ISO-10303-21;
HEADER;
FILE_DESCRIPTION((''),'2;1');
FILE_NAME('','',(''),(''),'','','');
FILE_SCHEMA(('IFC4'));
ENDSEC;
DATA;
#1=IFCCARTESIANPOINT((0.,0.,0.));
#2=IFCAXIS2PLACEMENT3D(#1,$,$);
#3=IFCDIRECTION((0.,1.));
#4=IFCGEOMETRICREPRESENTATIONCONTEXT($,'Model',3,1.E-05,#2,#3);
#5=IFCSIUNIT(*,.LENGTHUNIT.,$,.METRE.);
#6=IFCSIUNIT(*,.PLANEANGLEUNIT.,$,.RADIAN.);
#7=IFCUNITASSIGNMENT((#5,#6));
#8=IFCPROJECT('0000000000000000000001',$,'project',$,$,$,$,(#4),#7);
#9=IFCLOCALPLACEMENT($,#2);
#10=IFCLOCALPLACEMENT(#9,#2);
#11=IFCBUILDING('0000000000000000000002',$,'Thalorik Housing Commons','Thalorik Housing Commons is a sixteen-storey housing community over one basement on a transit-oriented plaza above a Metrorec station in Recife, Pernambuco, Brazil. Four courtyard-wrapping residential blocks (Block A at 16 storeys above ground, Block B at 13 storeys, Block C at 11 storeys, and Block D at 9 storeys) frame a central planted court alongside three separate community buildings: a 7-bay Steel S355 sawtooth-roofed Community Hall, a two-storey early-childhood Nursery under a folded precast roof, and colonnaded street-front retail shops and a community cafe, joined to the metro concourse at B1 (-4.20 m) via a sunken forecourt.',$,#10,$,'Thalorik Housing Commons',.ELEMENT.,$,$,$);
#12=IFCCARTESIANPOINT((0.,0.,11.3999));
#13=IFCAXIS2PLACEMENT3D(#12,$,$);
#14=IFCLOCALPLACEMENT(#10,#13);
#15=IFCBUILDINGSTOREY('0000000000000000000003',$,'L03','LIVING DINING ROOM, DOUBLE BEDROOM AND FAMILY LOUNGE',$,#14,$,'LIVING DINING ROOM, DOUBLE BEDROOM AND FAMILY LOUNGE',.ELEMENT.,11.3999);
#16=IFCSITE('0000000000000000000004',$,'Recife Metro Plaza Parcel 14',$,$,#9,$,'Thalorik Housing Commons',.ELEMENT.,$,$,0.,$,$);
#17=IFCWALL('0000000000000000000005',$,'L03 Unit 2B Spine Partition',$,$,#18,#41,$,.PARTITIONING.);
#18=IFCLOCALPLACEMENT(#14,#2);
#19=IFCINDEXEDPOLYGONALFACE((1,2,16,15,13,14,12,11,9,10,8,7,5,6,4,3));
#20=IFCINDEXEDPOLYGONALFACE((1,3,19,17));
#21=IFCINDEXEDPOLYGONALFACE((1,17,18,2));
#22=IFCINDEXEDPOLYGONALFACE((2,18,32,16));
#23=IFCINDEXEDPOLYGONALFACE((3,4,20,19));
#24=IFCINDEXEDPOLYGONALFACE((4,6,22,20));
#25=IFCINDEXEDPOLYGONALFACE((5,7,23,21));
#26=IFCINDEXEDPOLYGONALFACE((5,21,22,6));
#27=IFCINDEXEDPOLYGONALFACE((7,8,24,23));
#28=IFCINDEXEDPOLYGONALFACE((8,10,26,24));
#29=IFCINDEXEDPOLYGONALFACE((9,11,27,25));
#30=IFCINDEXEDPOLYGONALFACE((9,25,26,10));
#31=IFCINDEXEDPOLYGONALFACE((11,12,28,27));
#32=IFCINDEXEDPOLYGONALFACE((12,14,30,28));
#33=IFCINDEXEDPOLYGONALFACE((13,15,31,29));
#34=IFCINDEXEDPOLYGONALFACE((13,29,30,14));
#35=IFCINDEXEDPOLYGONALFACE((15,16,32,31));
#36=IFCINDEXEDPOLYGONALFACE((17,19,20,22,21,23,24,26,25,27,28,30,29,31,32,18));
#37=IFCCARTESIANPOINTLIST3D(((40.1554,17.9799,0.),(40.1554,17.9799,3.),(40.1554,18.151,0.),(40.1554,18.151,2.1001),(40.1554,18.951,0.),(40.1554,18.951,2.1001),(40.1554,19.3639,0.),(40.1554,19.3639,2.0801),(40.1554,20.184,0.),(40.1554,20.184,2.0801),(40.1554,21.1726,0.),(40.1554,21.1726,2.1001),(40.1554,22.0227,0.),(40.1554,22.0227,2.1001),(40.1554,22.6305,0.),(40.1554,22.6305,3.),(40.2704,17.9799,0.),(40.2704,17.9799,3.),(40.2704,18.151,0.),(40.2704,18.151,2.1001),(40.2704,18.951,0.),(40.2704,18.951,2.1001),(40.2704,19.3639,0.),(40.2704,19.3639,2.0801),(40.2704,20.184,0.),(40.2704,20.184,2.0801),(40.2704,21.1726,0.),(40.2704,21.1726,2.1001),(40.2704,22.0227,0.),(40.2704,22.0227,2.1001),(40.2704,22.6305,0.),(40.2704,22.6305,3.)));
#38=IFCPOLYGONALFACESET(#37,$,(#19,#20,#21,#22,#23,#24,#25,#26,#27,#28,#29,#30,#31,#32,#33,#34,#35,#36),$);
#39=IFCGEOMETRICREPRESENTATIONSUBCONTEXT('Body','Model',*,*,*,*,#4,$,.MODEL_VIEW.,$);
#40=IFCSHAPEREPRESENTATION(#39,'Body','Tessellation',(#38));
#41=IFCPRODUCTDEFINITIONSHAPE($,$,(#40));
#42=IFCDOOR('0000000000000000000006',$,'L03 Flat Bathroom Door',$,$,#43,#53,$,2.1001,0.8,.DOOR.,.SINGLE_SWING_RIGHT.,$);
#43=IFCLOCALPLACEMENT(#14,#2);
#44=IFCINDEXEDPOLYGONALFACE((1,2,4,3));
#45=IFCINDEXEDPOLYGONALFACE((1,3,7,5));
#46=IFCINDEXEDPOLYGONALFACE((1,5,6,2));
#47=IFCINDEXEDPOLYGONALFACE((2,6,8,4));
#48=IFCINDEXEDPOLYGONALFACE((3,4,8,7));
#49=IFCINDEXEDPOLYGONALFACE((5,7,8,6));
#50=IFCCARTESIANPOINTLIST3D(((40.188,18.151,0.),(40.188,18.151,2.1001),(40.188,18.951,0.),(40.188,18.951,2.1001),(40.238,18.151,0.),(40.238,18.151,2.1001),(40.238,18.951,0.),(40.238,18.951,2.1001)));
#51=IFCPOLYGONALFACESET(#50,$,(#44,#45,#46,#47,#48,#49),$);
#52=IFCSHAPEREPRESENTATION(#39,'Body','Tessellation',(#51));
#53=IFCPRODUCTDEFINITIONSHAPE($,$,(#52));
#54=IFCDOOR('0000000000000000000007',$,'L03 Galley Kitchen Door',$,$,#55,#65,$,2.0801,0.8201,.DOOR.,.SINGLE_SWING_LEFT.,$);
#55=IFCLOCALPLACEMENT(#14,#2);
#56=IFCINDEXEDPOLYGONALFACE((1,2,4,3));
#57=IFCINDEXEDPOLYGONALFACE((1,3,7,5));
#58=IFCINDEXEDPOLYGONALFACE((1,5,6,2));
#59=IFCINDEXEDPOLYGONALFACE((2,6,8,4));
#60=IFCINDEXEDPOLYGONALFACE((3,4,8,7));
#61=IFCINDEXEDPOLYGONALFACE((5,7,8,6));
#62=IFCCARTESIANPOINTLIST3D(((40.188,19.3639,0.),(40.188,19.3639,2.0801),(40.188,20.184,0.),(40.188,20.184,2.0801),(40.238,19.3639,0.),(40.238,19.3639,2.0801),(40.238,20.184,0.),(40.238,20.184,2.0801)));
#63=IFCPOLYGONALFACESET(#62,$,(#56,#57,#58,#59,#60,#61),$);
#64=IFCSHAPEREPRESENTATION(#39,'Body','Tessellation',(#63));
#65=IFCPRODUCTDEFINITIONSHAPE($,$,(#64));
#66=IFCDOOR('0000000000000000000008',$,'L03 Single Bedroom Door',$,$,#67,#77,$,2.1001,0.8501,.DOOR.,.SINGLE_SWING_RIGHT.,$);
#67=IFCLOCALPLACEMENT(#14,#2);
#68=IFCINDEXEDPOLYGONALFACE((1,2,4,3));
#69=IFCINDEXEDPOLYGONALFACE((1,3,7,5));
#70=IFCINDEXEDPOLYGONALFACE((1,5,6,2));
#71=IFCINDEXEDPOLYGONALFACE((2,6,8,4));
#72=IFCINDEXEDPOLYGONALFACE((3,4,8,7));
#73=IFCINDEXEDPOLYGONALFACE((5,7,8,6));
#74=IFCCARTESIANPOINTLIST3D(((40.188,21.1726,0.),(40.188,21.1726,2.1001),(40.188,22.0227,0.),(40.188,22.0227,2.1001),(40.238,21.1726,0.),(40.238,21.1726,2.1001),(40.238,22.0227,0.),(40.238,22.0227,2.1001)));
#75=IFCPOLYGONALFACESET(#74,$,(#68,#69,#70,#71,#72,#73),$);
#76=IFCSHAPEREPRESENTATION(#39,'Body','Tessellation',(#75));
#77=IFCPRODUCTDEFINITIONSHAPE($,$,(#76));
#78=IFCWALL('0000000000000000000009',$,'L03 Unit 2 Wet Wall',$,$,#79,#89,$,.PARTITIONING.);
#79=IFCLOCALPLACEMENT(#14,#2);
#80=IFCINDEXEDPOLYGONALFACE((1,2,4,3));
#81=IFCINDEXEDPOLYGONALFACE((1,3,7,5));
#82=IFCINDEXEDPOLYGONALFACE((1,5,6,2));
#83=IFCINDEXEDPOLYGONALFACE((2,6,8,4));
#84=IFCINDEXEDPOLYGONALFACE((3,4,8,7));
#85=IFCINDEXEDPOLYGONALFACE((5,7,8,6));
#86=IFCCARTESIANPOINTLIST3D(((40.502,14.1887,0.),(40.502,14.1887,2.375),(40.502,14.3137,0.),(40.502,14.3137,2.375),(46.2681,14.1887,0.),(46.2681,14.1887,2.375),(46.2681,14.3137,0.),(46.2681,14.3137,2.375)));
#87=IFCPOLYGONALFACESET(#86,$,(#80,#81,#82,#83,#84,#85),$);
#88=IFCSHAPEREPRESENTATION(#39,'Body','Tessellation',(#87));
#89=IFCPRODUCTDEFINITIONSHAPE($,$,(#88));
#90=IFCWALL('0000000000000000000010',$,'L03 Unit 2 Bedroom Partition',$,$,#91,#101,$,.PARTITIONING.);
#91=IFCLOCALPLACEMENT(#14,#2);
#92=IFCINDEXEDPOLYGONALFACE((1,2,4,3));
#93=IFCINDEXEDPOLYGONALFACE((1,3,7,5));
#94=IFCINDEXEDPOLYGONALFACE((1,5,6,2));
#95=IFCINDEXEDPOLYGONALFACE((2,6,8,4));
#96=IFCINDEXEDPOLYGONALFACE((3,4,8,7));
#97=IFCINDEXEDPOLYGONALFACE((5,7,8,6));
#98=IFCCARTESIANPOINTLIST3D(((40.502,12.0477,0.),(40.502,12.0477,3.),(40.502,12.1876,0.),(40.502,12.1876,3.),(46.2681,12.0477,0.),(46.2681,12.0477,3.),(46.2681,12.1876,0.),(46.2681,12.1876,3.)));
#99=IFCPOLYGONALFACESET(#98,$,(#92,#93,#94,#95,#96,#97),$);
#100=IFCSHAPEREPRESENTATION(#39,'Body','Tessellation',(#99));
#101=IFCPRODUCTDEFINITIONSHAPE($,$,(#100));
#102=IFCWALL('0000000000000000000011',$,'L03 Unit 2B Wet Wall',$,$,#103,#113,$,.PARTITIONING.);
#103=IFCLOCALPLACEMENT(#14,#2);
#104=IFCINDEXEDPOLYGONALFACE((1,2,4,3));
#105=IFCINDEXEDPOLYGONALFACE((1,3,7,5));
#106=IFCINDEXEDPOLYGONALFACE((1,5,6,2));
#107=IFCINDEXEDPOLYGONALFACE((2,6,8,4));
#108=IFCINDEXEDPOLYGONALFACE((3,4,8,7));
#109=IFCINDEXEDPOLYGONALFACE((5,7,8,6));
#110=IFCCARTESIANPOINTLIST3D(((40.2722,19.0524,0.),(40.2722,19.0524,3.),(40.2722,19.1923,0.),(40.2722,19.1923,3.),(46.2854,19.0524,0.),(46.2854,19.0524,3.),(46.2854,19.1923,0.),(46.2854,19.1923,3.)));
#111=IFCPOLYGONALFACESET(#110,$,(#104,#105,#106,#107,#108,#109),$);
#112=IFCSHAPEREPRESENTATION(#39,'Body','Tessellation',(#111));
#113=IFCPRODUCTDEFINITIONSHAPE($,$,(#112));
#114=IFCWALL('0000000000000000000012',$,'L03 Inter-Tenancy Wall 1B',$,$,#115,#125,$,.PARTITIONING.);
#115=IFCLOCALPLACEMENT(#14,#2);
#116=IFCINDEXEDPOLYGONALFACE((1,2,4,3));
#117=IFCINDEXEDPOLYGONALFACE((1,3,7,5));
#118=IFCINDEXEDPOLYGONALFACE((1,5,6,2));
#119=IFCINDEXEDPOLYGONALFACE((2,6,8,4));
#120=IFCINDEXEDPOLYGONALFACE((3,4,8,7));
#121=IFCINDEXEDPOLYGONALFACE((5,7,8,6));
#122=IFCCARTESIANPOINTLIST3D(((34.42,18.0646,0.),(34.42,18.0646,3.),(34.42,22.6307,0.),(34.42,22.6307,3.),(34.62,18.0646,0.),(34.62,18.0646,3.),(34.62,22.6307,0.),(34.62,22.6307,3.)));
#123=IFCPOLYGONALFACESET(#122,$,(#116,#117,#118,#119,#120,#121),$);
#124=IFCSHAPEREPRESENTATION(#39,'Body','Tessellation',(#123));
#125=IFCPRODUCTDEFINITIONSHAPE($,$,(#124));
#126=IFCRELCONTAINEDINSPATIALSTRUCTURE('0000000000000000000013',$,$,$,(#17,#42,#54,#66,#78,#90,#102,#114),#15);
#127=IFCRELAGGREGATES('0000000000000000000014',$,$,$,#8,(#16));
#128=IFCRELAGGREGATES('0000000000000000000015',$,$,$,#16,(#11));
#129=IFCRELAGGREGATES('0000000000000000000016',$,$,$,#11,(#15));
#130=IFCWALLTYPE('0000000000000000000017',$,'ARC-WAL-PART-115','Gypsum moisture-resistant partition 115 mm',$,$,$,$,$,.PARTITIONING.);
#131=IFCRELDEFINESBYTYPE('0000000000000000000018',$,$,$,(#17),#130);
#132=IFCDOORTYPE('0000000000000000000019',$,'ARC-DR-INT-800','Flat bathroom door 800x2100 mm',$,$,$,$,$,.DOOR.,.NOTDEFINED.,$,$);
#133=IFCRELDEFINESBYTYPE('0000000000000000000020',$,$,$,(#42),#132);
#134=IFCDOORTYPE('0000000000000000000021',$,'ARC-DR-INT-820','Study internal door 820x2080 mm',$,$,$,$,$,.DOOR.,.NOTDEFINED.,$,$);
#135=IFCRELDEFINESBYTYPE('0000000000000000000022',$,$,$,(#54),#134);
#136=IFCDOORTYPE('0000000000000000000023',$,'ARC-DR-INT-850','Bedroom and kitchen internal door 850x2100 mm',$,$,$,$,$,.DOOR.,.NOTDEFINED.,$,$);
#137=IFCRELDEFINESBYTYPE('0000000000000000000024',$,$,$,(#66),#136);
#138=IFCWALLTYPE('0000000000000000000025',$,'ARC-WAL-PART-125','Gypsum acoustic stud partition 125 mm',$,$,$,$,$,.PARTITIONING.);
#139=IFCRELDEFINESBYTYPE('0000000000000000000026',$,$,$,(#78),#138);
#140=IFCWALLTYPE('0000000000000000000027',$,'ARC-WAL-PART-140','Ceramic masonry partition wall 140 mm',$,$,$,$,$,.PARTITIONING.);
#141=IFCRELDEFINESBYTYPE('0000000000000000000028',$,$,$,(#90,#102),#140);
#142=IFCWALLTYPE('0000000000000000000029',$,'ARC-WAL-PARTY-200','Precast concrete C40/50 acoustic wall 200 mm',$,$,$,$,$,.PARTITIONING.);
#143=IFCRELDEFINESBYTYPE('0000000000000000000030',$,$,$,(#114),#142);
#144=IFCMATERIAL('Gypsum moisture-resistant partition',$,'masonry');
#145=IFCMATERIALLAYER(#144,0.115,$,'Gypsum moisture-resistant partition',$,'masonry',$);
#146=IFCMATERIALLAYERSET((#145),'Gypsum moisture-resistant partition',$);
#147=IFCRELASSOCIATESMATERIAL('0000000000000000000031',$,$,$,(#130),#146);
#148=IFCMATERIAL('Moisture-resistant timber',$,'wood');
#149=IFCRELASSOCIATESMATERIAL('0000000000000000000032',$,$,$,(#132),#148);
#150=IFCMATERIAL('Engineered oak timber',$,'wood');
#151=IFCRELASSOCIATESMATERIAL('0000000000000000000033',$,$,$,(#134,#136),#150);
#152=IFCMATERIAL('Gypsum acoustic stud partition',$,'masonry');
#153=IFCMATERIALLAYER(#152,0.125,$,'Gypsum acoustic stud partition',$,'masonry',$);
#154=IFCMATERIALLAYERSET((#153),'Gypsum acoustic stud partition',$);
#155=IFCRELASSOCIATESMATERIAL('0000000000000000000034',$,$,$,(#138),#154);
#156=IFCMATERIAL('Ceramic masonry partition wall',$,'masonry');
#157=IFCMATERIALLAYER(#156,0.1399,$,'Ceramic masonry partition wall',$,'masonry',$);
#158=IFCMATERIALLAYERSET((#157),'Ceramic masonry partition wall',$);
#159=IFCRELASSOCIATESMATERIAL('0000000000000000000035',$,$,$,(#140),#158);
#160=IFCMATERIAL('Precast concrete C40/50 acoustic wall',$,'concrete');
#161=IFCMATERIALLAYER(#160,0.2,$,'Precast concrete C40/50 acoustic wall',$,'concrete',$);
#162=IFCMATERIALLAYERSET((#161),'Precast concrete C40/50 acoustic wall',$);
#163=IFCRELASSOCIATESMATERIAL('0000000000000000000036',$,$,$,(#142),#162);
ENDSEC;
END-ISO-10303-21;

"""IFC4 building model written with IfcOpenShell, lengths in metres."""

from ifc_helpers import new_model, si_unit, direction, frame, frame_2d, origin, place, context, subcontext, project, spatial, rectangle, extrude, material, layer, layer_set, type_object, element, fill, save


model = new_model("IFC4")

# Units and contexts
model_context = context("Model", 3, precision=1e-05, world=origin(), true_north=direction((0.0, 1.0)))
body_context = subcontext(model_context, "Body", "Model", "MODEL_VIEW")
ifc_project = project(units=[si_unit("LENGTHUNIT", "METRE"), si_unit("PLANEANGLEUNIT", "RADIAN")], contexts=[model_context])

# Site, building, storey
site_placement = place(None, origin())
site = spatial("IfcSite", under=ifc_project, at=site_placement, Name="Recife Metro Plaza Parcel 14", LongName="Thalorik Housing Commons", CompositionType="ELEMENT", RefElevation=0.0)
building_placement = place(site_placement, origin())
building = spatial("IfcBuilding", under=site, at=building_placement, Name="Thalorik Housing Commons", Description="Thalorik Housing Commons is a sixteen-storey housing community over one basement on a transit-oriented plaza above a Metrorec station in Recife, Pernambuco, Brazil. Four courtyard-wrapping residential blocks (Block A at 16 storeys above ground, Block B at 13 storeys, Block C at 11 storeys, and Block D at 9 storeys) frame a central planted court alongside three separate community buildings: a 7-bay Steel S355 sawtooth-roofed Community Hall, a two-storey early-childhood Nursery under a folded precast roof, and colonnaded street-front retail shops and a community cafe, joined to the metro concourse at B1 (-4.20 m) via a sunken forecourt.", LongName="Thalorik Housing Commons", CompositionType="ELEMENT")
storey_placement = place(building_placement, frame((0.0, 0.0, 11.3999)))
storey = spatial("IfcBuildingStorey", under=building, at=storey_placement, Name="L03", Description="LIVING DINING ROOM, DOUBLE BEDROOM AND FAMILY LOUNGE", LongName="LIVING DINING ROOM, DOUBLE BEDROOM AND FAMILY LOUNGE", CompositionType="ELEMENT", Elevation=11.3999)

# Wall, openings, doors
ifc_material_1 = material(Name="Gypsum moisture-resistant partition", Category="masonry")
ifc_layer_1 = layer(ifc_material_1, 0.115, Name="Gypsum moisture-resistant partition", Category="masonry")
ifc_layer_set_1 = layer_set([ifc_layer_1], Name="Gypsum moisture-resistant partition")
wall_type_1 = type_object("IfcWallType", Name="ARC-WAL-PART-115", Description="Gypsum moisture-resistant partition 115 mm", PredefinedType="PARTITIONING", material=ifc_layer_set_1)
wall_1_placement = place(storey_placement, frame((40.2129, 17.98, 0.0), z_axis=(0.0, 0.0, 1.0), x_axis=(0.0, 1.0, 0.0)))
wall_1 = element("IfcWall", 1, at=wall_1_placement, inside=storey, type_object=wall_type_1, Name="L03 Unit 2B Spine Partition", PredefinedType="PARTITIONING", context=body_context, shape_type="SweptSolid", body=[
    extrude(rectangle(XDim=4.6506, YDim=0.115, at=frame_2d((2.3252, 0.0))), origin(), (0.0, 0.0, 1.0), 3.0),
])
opening_1_placement = place(wall_1_placement, frame((0.1711, 0.0, 0.0)))
opening_1 = element("IfcOpeningElement", 2, at=opening_1_placement, cuts=wall_1, PredefinedType="OPENING", context=body_context, shape_type="SweptSolid", body=[
    extrude(rectangle(XDim=0.8, YDim=2.1001, at=frame_2d((0.3999, 1.05))), frame((0.0, 0.0674, 0.0), z_axis=(0.0, -1.0, 0.0), x_axis=(1.0, 0.0, 0.0)), (0.0, 0.0, 1.0), 0.135),
])
opening_2_placement = place(wall_1_placement, frame((1.3838, 0.0, 0.0)))
opening_2 = element("IfcOpeningElement", 3, at=opening_2_placement, cuts=wall_1, PredefinedType="OPENING", context=body_context, shape_type="SweptSolid", body=[
    extrude(rectangle(XDim=0.8201, YDim=2.0801, at=frame_2d((0.4102, 1.04))), frame((0.0, 0.0674, 0.0), z_axis=(0.0, -1.0, 0.0), x_axis=(1.0, 0.0, 0.0)), (0.0, 0.0, 1.0), 0.135),
])
opening_3_placement = place(wall_1_placement, frame((3.1926, 0.0, 0.0)))
opening_3 = element("IfcOpeningElement", 4, at=opening_3_placement, cuts=wall_1, PredefinedType="OPENING", context=body_context, shape_type="SweptSolid", body=[
    extrude(rectangle(XDim=0.8501, YDim=2.1001, at=frame_2d((0.425, 1.05))), frame((0.0, 0.0674, 0.0), z_axis=(0.0, -1.0, 0.0), x_axis=(1.0, 0.0, 0.0)), (0.0, 0.0, 1.0), 0.135),
])
ifc_material_2 = material(Name="Moisture-resistant timber", Category="wood")
door_type_1 = type_object("IfcDoorType", Name="ARC-DR-INT-800", Description="Flat bathroom door 800x2100 mm", OperationType="NOTDEFINED", PredefinedType="DOOR", material=ifc_material_2)
door_1_placement = place(opening_1_placement, origin())
door_1 = element("IfcDoor", 5, at=door_1_placement, inside=storey, type_object=door_type_1, Name="L03 Flat Bathroom Door", OperationType="SINGLE_SWING_RIGHT", OverallHeight=2.1001, OverallWidth=0.8, PredefinedType="DOOR", context=body_context, shape_type="SweptSolid", body=[
    extrude(rectangle(XDim=0.8, YDim=2.1001, at=frame_2d((0.3999, 1.05))), frame((0.0, 0.0249, 0.0), z_axis=(0.0, -1.0, 0.0), x_axis=(1.0, 0.0, 0.0)), (0.0, 0.0, 1.0), 0.05),
])
fill(opening_1, door_1)
ifc_material_3 = material(Name="Engineered oak timber", Category="wood")
door_type_2 = type_object("IfcDoorType", Name="ARC-DR-INT-820", Description="Study internal door 820x2080 mm", OperationType="NOTDEFINED", PredefinedType="DOOR", material=ifc_material_3)
door_2_placement = place(opening_2_placement, origin())
door_2 = element("IfcDoor", 6, at=door_2_placement, inside=storey, type_object=door_type_2, Name="L03 Galley Kitchen Door", OperationType="SINGLE_SWING_LEFT", OverallHeight=2.0801, OverallWidth=0.8201, PredefinedType="DOOR", context=body_context, shape_type="SweptSolid", body=[
    extrude(rectangle(XDim=0.8201, YDim=2.0801, at=frame_2d((0.4102, 1.04))), frame((0.0, 0.0249, 0.0), z_axis=(0.0, -1.0, 0.0), x_axis=(1.0, 0.0, 0.0)), (0.0, 0.0, 1.0), 0.05),
])
fill(opening_2, door_2)
door_type_3 = type_object("IfcDoorType", Name="ARC-DR-INT-850", Description="Bedroom and kitchen internal door 850x2100 mm", OperationType="NOTDEFINED", PredefinedType="DOOR", material=ifc_material_3)
door_3_placement = place(opening_3_placement, origin())
door_3 = element("IfcDoor", 7, at=door_3_placement, inside=storey, type_object=door_type_3, Name="L03 Single Bedroom Door", OperationType="SINGLE_SWING_RIGHT", OverallHeight=2.1001, OverallWidth=0.8501, PredefinedType="DOOR", context=body_context, shape_type="SweptSolid", body=[
    extrude(rectangle(XDim=0.8501, YDim=2.1001, at=frame_2d((0.425, 1.05))), frame((0.0, 0.0249, 0.0), z_axis=(0.0, -1.0, 0.0), x_axis=(1.0, 0.0, 0.0)), (0.0, 0.0, 1.0), 0.05),
])
fill(opening_3, door_3)

# Walls
ifc_material_4 = material(Name="Gypsum acoustic stud partition", Category="masonry")
ifc_layer_2 = layer(ifc_material_4, 0.125, Name="Gypsum acoustic stud partition", Category="masonry")
ifc_layer_set_2 = layer_set([ifc_layer_2], Name="Gypsum acoustic stud partition")
wall_type_2 = type_object("IfcWallType", Name="ARC-WAL-PART-125", Description="Gypsum acoustic stud partition 125 mm", PredefinedType="PARTITIONING", material=ifc_layer_set_2)
wall_2_placement = place(storey_placement, frame((40.502, 14.2512, 0.0), z_axis=(0.0, 0.0, 1.0), x_axis=(1.0, 0.0, 0.0)))
element("IfcWall", 8, at=wall_2_placement, inside=storey, type_object=wall_type_2, Name="L03 Unit 2 Wet Wall", PredefinedType="PARTITIONING", context=body_context, shape_type="SweptSolid", body=[
    extrude(rectangle(XDim=5.7661, YDim=0.125, at=frame_2d((2.8831, 0.0))), origin(), (0.0, 0.0, 1.0), 2.375),
])
ifc_material_5 = material(Name="Ceramic masonry partition wall", Category="masonry")
ifc_layer_3 = layer(ifc_material_5, 0.1399, Name="Ceramic masonry partition wall", Category="masonry")
ifc_layer_set_3 = layer_set([ifc_layer_3], Name="Ceramic masonry partition wall")
wall_type_3 = type_object("IfcWallType", Name="ARC-WAL-PART-140", Description="Ceramic masonry partition wall 140 mm", PredefinedType="PARTITIONING", material=ifc_layer_set_3)
wall_3_placement = place(storey_placement, frame((40.502, 12.1177, 0.0), z_axis=(0.0, 0.0, 1.0), x_axis=(1.0, 0.0, 0.0)))
element("IfcWall", 9, at=wall_3_placement, inside=storey, type_object=wall_type_3, Name="L03 Unit 2 Bedroom Partition", PredefinedType="PARTITIONING", context=body_context, shape_type="SweptSolid", body=[
    extrude(rectangle(XDim=5.7661, YDim=0.1399, at=frame_2d((2.8831, 0.0))), origin(), (0.0, 0.0, 1.0), 3.0),
])
wall_4_placement = place(storey_placement, frame((40.2722, 19.1223, 0.0), z_axis=(0.0, 0.0, 1.0), x_axis=(1.0, 0.0, 0.0)))
element("IfcWall", 10, at=wall_4_placement, inside=storey, type_object=wall_type_3, Name="L03 Unit 2B Wet Wall", PredefinedType="PARTITIONING", context=body_context, shape_type="SweptSolid", body=[
    extrude(rectangle(XDim=6.0132, YDim=0.1399, at=frame_2d((3.0066, 0.0))), origin(), (0.0, 0.0, 1.0), 3.0),
])
ifc_material_6 = material(Name="Precast concrete C40/50 acoustic wall", Category="concrete")
ifc_layer_4 = layer(ifc_material_6, 0.2, Name="Precast concrete C40/50 acoustic wall", Category="concrete")
ifc_layer_set_4 = layer_set([ifc_layer_4], Name="Precast concrete C40/50 acoustic wall")
wall_type_4 = type_object("IfcWallType", Name="ARC-WAL-PARTY-200", Description="Precast concrete C40/50 acoustic wall 200 mm", PredefinedType="PARTITIONING", material=ifc_layer_set_4)
wall_5_placement = place(storey_placement, frame((34.52, 18.0645, 0.0), z_axis=(0.0, 0.0, 1.0), x_axis=(0.0, 1.0, 0.0)))
element("IfcWall", 11, at=wall_5_placement, inside=storey, type_object=wall_type_4, Name="L03 Inter-Tenancy Wall 1B", PredefinedType="PARTITIONING", context=body_context, shape_type="SweptSolid", body=[
    extrude(rectangle(XDim=4.5662, YDim=0.2, at=frame_2d((2.2832, 0.0))), origin(), (0.0, 0.0, 1.0), 3.0),
])

save(model, "model.ifc")
